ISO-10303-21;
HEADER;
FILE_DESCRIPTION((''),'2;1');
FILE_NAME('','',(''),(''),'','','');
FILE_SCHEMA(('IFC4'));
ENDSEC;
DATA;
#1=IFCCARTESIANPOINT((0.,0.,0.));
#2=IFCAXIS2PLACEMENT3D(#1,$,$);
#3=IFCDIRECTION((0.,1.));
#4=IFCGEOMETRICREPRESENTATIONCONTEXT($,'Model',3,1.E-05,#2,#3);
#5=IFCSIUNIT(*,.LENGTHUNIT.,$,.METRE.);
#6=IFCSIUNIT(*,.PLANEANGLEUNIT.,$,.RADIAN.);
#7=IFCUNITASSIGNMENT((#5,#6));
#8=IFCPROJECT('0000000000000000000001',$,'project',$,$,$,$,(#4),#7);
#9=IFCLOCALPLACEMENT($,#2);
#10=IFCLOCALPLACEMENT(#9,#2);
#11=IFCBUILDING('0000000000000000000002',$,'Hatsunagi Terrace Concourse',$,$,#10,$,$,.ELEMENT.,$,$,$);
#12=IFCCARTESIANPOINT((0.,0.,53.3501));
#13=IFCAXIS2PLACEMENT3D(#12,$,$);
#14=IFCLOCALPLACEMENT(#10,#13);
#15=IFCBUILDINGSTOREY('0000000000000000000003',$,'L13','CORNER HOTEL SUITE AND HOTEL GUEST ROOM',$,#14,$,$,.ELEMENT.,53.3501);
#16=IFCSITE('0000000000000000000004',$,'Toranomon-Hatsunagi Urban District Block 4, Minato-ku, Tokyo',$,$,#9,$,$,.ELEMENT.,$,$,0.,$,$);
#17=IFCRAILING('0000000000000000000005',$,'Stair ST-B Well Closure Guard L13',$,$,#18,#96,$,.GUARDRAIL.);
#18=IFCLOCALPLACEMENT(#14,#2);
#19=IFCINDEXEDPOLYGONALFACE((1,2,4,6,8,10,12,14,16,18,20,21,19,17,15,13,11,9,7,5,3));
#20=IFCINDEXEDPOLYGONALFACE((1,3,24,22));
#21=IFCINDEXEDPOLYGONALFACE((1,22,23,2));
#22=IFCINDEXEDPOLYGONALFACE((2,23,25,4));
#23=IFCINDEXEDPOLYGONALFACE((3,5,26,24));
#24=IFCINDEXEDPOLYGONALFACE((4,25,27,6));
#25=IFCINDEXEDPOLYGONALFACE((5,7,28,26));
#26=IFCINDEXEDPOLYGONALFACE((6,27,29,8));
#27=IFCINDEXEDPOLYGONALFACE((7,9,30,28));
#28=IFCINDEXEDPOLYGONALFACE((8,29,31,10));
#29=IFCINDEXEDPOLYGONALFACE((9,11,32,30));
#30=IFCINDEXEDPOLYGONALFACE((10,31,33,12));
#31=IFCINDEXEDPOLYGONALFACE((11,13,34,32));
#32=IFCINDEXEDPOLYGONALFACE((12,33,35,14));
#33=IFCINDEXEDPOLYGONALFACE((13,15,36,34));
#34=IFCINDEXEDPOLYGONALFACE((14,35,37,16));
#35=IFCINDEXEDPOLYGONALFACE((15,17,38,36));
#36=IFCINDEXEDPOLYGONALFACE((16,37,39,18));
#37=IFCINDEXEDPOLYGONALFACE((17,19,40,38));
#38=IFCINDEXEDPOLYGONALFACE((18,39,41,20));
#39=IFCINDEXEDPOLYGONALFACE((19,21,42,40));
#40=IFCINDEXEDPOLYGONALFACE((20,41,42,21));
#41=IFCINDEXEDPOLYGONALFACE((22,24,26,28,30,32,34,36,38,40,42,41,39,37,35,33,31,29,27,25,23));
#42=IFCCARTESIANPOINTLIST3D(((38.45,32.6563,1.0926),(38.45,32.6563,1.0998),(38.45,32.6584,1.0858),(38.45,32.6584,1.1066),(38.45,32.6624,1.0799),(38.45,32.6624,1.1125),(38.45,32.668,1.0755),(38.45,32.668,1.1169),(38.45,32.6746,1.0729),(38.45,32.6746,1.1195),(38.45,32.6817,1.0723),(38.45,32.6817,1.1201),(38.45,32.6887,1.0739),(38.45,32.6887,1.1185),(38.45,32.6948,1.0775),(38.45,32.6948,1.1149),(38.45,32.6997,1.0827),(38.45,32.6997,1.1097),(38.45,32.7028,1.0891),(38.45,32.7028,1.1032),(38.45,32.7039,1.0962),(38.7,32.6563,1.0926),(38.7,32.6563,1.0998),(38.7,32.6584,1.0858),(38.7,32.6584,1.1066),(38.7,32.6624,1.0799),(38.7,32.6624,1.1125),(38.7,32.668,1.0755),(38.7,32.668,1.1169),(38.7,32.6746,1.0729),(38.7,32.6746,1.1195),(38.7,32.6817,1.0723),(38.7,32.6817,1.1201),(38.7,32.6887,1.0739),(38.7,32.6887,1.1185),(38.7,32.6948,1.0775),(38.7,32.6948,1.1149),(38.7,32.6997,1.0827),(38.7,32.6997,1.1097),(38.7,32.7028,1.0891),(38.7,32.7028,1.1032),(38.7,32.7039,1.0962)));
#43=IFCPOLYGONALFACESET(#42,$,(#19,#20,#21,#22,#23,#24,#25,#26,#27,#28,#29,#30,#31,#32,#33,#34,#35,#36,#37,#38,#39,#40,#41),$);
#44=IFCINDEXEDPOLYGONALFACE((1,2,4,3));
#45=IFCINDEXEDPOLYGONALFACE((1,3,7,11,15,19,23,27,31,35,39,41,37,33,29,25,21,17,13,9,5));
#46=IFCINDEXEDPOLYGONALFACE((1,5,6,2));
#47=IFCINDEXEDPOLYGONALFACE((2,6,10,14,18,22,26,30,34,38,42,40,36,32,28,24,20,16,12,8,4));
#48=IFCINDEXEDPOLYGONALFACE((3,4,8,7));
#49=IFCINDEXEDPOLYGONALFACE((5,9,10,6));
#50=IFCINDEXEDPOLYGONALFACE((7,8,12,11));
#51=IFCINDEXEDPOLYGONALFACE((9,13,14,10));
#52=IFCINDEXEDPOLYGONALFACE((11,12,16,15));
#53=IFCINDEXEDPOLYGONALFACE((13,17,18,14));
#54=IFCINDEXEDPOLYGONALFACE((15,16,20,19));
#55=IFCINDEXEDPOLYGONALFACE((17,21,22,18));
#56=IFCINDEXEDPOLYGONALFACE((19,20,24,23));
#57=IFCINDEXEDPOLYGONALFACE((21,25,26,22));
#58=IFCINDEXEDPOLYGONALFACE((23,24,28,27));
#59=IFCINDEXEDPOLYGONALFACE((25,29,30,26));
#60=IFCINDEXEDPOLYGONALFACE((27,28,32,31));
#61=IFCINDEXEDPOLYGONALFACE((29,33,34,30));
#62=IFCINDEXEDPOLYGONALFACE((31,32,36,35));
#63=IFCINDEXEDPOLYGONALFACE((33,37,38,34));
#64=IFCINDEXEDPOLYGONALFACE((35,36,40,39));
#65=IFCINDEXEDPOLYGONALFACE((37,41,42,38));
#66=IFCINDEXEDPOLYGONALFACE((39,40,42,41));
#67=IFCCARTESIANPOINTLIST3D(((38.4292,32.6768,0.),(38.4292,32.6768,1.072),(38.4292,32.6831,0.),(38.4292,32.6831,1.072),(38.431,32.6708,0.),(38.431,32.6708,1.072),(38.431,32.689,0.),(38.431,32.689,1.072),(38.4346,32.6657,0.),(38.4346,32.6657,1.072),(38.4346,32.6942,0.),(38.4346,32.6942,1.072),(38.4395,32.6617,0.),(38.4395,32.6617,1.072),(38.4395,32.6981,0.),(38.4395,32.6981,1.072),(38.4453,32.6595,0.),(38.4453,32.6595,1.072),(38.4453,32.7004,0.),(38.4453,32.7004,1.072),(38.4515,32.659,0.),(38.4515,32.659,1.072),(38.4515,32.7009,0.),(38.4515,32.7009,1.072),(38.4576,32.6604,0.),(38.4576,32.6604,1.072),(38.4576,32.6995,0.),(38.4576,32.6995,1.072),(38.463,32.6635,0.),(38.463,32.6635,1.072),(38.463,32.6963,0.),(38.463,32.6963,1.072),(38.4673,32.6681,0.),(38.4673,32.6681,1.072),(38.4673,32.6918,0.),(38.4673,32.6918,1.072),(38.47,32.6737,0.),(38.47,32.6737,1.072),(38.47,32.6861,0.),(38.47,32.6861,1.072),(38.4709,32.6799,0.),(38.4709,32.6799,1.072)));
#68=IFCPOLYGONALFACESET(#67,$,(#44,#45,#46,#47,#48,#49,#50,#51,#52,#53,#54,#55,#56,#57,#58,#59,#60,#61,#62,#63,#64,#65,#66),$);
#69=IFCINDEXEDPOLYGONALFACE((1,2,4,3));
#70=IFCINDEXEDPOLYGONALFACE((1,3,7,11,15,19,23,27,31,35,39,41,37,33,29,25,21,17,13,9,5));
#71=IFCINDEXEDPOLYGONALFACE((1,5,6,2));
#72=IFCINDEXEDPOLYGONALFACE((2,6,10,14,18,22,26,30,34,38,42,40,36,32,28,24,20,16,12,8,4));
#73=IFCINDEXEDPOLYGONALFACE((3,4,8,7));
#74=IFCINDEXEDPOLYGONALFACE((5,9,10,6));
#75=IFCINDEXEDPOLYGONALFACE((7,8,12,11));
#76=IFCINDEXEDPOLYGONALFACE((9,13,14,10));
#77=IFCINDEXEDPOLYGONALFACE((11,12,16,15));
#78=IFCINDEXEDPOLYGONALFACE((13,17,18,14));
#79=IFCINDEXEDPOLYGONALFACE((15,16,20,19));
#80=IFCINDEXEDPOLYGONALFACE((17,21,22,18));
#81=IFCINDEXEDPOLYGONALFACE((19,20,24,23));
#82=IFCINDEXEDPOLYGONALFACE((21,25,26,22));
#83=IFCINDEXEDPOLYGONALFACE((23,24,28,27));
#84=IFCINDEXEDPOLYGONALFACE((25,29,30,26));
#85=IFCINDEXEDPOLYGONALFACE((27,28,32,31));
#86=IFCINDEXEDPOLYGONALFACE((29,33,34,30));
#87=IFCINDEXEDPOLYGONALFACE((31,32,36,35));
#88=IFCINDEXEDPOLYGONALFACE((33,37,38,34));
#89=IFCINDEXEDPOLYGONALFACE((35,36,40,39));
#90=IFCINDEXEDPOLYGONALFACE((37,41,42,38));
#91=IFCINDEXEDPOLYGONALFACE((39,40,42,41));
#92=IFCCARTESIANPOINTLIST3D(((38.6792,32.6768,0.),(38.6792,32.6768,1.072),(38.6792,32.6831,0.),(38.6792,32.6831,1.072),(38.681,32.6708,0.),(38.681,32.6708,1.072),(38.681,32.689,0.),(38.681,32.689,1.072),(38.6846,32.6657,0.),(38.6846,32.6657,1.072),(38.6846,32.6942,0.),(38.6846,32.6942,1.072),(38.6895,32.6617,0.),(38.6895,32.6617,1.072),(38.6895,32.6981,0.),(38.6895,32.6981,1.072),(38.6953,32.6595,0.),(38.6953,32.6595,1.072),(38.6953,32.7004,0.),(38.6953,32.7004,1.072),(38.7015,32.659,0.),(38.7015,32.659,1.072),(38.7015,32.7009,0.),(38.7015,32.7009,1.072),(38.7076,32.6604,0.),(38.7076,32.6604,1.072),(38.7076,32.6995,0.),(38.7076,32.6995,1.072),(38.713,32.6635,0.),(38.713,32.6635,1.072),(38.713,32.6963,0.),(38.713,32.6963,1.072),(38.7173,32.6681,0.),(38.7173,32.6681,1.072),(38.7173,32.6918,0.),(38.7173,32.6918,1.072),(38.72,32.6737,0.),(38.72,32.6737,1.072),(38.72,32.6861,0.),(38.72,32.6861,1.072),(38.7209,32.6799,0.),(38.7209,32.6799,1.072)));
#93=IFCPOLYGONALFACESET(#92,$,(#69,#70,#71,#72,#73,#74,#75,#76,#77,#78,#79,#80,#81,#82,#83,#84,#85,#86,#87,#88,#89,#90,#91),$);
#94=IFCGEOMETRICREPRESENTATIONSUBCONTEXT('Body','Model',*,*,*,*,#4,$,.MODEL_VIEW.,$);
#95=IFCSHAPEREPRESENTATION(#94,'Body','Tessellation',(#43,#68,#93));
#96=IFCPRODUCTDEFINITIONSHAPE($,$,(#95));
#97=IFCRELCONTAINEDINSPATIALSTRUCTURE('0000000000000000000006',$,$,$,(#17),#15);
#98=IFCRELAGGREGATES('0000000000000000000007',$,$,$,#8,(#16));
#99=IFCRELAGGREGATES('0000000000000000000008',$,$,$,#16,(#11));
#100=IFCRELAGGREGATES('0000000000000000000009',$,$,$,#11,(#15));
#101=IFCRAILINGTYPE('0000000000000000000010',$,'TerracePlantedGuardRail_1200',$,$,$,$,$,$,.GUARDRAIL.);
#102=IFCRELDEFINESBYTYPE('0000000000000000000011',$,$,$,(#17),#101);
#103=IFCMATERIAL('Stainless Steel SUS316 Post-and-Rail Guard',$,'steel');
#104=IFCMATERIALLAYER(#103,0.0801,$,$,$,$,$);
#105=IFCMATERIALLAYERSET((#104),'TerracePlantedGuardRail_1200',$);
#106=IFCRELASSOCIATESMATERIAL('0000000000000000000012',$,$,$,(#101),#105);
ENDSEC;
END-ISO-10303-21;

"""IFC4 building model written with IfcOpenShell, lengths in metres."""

from ifc_helpers import new_model, si_unit, direction, frame, origin, origin_2d, place, context, subcontext, project, spatial, circle, extrude, material, layer, layer_set, type_object, element, save


model = new_model("IFC4")

# Units and contexts
model_context = context("Model", 3, precision=1e-05, world=origin(), true_north=direction((0.0, 1.0)))
body_context = subcontext(model_context, "Body", "Model", "MODEL_VIEW")
ifc_project = project(units=[si_unit("LENGTHUNIT", "METRE"), si_unit("PLANEANGLEUNIT", "RADIAN")], contexts=[model_context])

# Site, building, storey
site_placement = place(None, origin())
site = spatial("IfcSite", under=ifc_project, at=site_placement, Name="Toranomon-Hatsunagi Urban District Block 4, Minato-ku, Tokyo", CompositionType="ELEMENT", RefElevation=0.0)
building_placement = place(site_placement, origin())
building = spatial("IfcBuilding", under=site, at=building_placement, Name="Hatsunagi Terrace Concourse", CompositionType="ELEMENT")
storey_placement = place(building_placement, frame((0.0, 0.0, 53.3501)))
storey = spatial("IfcBuildingStorey", under=building, at=storey_placement, Name="L13", Description="CORNER HOTEL SUITE AND HOTEL GUEST ROOM", CompositionType="ELEMENT", Elevation=53.3501)

# Railing
ifc_material_1 = material(Name="Stainless Steel SUS316 Post-and-Rail Guard", Category="steel")
ifc_layer_1 = layer(ifc_material_1, 0.0801)
ifc_layer_set_1 = layer_set([ifc_layer_1], Name="TerracePlantedGuardRail_1200")
railing_type_1 = type_object("IfcRailingType", Name="TerracePlantedGuardRail_1200", PredefinedType="GUARDRAIL", material=ifc_layer_set_1)
for number, where, name in (
    (1, (38.45, 32.6799, 0.0), "Stair ST-B Well Closure Guard L13"),
):
    element("IfcRailing", number, at=place(storey_placement, frame(where)), inside=storey, type_object=railing_type_1, Name=name, PredefinedType="GUARDRAIL", context=body_context, shape_type="SweptSolid", body=[
        extrude(circle(Radius=0.0239, at=origin_2d()), frame((0.0, 0.0, 1.0962), z_axis=(1.0, 0.0, 0.0), x_axis=(0.0, 1.0, 0.0)), (0.0, 0.0, 1.0), 0.25),
        extrude(circle(Radius=0.021, at=origin_2d()), origin(), (0.0, 0.0, 1.0), 1.072),
        extrude(circle(Radius=0.021, at=origin_2d()), frame((0.25, 0.0, 0.0)), (0.0, 0.0, 1.0), 1.072),
    ])

save(model, "model.ifc")
